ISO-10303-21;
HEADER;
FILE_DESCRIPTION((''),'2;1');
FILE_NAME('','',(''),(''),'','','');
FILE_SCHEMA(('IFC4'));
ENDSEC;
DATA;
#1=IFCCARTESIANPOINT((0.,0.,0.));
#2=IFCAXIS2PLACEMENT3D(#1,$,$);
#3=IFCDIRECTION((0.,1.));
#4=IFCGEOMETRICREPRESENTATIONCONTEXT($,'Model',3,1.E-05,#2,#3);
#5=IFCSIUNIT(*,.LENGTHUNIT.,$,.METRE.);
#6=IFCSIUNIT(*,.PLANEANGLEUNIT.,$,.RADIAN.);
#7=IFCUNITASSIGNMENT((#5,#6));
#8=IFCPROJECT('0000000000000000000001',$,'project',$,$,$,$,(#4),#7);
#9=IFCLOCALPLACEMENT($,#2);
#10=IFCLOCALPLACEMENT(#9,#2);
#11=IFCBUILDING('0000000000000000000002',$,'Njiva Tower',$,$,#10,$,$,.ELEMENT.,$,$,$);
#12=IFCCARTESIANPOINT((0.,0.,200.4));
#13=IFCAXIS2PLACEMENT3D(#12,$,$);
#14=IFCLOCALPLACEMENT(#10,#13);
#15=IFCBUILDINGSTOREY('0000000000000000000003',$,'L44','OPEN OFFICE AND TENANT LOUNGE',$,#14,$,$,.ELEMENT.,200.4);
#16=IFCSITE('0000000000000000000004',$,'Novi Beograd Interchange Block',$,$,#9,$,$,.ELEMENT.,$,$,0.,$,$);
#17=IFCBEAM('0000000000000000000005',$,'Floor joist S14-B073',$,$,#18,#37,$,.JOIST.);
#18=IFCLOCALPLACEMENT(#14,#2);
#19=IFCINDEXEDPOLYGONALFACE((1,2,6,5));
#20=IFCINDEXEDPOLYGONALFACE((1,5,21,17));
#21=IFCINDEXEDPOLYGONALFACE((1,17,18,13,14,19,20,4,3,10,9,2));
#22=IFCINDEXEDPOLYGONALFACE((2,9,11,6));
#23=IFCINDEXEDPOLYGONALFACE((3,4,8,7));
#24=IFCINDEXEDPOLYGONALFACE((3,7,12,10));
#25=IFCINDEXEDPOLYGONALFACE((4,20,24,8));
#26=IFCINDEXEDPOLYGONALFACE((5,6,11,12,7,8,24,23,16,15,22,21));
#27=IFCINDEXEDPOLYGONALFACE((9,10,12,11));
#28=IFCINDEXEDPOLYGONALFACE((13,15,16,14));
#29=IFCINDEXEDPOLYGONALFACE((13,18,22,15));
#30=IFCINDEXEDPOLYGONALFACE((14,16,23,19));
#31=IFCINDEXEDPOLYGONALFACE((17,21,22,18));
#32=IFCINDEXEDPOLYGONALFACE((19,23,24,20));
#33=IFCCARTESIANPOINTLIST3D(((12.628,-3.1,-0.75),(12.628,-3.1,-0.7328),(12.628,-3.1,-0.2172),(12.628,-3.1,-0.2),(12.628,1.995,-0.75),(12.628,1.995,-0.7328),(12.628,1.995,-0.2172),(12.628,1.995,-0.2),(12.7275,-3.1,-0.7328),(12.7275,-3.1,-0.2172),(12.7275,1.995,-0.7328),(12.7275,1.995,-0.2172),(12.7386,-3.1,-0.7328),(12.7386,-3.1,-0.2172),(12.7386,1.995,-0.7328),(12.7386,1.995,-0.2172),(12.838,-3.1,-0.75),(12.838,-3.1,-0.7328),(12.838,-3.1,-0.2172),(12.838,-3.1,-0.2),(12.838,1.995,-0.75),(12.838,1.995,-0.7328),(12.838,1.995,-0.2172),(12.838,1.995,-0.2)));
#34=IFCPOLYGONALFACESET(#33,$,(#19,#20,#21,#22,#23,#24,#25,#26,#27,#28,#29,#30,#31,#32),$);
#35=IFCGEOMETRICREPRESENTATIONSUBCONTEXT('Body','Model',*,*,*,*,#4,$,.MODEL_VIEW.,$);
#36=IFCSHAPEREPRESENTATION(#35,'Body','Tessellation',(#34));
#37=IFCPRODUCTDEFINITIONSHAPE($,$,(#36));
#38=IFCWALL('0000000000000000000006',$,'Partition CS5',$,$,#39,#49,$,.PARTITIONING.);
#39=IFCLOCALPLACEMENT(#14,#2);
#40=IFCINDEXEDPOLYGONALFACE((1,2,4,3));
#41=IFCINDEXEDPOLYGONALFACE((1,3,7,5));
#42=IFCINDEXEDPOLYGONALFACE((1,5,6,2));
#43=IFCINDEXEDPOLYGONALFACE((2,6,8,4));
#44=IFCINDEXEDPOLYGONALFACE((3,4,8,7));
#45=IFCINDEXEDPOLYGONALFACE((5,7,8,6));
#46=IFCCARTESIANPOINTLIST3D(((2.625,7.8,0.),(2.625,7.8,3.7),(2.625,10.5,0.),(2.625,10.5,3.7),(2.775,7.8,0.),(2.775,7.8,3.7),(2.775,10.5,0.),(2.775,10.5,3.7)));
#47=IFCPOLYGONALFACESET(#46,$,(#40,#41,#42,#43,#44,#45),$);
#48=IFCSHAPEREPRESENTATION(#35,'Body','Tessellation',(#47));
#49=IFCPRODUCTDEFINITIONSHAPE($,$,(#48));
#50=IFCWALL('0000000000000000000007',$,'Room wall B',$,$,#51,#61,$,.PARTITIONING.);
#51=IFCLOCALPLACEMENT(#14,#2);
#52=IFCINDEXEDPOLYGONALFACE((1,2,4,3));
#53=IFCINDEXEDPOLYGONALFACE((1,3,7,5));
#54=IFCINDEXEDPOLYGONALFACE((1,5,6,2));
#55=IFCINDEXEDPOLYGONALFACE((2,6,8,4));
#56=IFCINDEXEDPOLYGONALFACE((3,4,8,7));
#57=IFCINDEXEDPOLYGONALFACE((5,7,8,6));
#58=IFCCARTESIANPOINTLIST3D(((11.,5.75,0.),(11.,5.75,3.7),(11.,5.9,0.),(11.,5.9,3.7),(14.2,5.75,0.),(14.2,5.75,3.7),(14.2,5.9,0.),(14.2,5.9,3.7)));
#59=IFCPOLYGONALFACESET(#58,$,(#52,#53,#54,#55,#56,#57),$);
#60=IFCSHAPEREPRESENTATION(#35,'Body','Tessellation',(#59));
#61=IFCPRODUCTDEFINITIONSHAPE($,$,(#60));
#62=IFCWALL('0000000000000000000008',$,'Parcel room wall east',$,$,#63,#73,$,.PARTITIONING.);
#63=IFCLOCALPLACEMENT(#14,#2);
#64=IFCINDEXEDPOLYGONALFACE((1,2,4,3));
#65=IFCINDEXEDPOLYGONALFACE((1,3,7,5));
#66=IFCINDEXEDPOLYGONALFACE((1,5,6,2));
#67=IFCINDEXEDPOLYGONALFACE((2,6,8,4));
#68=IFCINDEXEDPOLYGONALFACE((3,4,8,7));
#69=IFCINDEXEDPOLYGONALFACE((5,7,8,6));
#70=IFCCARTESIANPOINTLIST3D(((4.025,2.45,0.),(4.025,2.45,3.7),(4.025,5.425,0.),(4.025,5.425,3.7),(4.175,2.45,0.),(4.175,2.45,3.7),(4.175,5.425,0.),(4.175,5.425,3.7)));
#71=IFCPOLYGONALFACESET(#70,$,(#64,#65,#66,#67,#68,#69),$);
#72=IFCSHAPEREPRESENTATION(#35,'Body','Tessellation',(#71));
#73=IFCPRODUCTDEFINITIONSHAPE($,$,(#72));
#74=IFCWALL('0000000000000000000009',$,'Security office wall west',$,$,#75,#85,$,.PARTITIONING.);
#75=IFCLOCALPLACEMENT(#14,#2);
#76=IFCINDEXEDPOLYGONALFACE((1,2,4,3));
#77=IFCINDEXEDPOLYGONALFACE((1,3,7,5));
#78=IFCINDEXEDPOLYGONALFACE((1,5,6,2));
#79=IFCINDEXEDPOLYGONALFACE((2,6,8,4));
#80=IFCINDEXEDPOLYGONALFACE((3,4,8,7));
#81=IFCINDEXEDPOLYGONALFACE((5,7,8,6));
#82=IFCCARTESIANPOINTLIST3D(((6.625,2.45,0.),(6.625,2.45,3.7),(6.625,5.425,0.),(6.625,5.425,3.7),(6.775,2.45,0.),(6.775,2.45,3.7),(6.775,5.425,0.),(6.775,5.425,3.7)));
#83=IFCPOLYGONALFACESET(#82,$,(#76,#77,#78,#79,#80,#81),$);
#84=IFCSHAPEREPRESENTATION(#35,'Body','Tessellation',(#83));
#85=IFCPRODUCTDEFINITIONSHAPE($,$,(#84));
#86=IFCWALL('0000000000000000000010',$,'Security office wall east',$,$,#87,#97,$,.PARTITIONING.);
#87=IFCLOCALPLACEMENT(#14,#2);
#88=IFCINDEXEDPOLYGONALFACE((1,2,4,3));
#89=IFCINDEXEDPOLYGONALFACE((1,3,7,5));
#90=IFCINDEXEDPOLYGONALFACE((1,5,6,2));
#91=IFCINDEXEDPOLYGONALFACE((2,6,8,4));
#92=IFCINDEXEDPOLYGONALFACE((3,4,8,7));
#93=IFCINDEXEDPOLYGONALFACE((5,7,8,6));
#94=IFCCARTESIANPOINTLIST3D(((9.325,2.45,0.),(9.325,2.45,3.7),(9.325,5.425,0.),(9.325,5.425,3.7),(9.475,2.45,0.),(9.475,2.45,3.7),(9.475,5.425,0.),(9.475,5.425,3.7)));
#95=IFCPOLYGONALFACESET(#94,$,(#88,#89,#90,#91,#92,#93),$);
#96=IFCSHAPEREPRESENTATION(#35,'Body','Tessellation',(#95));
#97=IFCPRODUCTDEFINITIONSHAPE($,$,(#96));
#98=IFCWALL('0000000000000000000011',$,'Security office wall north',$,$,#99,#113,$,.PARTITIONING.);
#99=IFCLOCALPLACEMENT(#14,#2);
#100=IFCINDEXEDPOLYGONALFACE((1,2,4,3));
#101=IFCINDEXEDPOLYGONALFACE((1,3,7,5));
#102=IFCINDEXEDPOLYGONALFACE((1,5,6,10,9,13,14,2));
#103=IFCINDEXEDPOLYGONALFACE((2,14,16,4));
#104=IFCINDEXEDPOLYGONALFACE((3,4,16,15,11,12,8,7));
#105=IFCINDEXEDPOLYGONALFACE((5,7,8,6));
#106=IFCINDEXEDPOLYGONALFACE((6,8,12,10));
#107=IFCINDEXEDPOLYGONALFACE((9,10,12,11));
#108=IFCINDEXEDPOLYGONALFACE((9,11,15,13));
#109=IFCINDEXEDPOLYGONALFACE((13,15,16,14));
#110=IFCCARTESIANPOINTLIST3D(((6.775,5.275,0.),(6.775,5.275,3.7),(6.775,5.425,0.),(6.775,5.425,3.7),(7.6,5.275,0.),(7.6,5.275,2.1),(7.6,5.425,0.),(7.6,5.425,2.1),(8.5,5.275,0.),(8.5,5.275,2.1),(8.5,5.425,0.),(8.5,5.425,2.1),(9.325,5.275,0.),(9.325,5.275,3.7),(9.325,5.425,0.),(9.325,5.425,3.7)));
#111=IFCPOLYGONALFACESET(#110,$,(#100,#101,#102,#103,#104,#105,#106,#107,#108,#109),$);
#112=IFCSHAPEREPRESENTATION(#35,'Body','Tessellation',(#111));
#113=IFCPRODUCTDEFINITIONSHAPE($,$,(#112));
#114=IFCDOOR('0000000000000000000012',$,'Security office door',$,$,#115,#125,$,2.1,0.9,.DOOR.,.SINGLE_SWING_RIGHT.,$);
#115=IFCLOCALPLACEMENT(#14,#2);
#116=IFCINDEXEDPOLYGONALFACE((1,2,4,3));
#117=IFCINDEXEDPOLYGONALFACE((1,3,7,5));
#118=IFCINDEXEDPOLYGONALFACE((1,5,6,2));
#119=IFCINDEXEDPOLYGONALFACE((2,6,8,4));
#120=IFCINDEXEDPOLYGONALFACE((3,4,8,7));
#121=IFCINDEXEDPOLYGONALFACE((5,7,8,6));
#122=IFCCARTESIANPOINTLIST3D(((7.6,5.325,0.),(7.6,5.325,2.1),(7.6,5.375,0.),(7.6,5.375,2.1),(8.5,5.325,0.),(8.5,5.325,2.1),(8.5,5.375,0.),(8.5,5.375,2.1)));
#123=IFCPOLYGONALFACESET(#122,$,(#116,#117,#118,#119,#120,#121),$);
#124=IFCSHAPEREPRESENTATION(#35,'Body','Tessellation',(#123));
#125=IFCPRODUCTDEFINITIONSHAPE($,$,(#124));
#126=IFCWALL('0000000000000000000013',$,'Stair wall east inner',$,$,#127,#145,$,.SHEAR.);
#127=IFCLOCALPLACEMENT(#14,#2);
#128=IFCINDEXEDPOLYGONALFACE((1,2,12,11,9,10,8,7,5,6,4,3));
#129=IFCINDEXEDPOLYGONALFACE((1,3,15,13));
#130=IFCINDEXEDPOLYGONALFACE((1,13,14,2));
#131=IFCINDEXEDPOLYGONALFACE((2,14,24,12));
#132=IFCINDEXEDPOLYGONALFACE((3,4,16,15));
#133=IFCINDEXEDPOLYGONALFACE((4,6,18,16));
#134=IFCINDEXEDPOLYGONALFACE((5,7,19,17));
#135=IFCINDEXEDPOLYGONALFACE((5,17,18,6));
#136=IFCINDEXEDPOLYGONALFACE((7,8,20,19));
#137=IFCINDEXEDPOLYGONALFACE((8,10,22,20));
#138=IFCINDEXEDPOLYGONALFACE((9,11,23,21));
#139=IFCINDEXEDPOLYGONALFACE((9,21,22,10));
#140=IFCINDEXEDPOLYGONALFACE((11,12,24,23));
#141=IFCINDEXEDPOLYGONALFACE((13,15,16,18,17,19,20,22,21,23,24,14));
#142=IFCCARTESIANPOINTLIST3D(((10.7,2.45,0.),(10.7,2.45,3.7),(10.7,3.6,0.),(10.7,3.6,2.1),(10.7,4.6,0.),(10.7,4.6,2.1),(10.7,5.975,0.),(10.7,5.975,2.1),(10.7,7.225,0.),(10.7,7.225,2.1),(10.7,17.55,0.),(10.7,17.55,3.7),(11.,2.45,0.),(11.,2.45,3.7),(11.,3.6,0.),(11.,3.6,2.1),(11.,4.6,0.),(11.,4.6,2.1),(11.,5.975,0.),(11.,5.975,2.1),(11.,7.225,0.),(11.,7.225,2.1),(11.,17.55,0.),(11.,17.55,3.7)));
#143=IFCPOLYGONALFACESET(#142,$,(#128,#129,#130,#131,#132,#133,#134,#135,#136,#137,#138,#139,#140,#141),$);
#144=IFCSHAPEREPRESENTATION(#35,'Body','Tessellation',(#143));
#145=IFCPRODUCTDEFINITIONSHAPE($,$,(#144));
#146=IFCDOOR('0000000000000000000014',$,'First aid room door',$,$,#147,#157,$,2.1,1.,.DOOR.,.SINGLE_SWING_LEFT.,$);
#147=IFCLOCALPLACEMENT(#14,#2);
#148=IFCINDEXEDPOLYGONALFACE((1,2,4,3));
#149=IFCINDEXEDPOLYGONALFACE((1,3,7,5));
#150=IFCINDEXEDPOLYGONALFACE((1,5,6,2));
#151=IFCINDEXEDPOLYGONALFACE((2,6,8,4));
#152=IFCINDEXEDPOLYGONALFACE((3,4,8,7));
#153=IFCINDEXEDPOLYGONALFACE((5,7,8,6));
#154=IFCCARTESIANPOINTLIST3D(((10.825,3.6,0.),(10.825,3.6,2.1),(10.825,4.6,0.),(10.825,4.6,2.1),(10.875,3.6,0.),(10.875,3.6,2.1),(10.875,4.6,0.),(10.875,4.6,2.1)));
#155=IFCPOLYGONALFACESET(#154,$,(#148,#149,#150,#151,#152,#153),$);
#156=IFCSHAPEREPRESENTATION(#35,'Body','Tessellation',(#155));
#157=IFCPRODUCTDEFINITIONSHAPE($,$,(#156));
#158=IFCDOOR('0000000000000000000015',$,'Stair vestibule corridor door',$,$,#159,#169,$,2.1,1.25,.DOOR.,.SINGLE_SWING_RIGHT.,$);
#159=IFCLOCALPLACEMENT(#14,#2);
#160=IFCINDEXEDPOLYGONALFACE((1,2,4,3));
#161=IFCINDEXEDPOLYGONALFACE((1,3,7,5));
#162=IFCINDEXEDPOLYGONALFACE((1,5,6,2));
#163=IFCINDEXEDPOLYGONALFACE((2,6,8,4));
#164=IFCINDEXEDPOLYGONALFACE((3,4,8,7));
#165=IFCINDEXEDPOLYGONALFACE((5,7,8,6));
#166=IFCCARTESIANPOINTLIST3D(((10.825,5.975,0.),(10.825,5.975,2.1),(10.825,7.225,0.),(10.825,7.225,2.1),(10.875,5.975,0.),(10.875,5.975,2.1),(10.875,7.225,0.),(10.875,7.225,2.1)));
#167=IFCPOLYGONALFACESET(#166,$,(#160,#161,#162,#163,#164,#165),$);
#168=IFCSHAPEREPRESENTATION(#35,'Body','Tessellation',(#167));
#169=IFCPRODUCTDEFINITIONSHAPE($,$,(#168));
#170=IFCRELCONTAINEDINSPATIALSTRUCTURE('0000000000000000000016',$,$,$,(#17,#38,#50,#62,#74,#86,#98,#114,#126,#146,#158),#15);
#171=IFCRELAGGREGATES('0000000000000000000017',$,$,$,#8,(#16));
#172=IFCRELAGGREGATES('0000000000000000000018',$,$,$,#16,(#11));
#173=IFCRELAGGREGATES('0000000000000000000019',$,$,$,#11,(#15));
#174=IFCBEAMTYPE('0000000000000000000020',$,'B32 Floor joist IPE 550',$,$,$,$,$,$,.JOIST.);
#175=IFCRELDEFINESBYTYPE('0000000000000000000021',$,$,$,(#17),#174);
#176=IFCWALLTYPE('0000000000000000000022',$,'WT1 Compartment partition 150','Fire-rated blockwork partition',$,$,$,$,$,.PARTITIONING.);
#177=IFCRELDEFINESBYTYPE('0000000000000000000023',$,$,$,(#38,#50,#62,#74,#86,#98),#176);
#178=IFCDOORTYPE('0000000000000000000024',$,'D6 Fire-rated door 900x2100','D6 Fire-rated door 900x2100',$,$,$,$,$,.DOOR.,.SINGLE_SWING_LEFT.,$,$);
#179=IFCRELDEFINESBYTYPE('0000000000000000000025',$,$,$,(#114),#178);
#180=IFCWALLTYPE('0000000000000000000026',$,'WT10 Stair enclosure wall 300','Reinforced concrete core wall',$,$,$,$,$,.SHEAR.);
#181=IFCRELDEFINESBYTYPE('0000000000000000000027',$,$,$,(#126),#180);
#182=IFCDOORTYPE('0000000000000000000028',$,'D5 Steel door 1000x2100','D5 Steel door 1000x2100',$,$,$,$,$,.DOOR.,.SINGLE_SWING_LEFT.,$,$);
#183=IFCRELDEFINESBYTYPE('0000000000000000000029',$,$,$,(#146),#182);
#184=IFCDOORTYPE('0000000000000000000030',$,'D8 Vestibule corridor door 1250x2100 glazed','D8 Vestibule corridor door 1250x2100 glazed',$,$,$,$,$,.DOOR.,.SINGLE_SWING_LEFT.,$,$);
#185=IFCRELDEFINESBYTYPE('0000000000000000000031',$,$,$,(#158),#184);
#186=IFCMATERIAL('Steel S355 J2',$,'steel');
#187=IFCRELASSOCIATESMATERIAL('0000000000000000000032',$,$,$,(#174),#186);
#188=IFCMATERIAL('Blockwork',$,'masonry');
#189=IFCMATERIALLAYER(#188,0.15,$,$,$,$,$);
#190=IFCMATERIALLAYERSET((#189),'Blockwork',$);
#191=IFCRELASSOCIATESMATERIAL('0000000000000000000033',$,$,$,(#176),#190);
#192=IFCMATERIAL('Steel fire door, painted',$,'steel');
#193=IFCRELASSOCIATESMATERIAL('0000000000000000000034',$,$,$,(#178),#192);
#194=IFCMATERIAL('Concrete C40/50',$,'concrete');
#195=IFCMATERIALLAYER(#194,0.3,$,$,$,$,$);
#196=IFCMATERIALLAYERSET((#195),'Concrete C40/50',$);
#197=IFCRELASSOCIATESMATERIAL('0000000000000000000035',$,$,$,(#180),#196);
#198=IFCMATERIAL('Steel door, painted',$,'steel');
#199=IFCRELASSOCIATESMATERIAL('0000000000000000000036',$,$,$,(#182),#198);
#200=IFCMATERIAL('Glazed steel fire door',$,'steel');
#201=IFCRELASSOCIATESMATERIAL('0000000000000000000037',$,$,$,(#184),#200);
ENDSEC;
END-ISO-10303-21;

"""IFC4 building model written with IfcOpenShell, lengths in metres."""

from ifc_helpers import new_model, si_unit, direction, frame, frame_2d, origin, origin_2d, place, context, subcontext, project, spatial, rectangle, i_section, extrude, material, layer, layer_set, material_profile, profile_set, type_object, element, fill, save


model = new_model("IFC4")

# Units and contexts
model_context = context("Model", 3, precision=1e-05, world=origin(), true_north=direction((0.0, 1.0)))
body_context = subcontext(model_context, "Body", "Model", "MODEL_VIEW")
ifc_project = project(units=[si_unit("LENGTHUNIT", "METRE"), si_unit("PLANEANGLEUNIT", "RADIAN")], contexts=[model_context])

# Site, building, storey
site_placement = place(None, origin())
site = spatial("IfcSite", under=ifc_project, at=site_placement, Name="Novi Beograd Interchange Block", CompositionType="ELEMENT", RefElevation=0.0)
building_placement = place(site_placement, origin())
building = spatial("IfcBuilding", under=site, at=building_placement, Name="Njiva Tower", CompositionType="ELEMENT")
storey_placement = place(building_placement, frame((0.0, 0.0, 200.4)))
storey = spatial("IfcBuildingStorey", under=building, at=storey_placement, Name="L44", Description="OPEN OFFICE AND TENANT LOUNGE", CompositionType="ELEMENT", Elevation=200.4)

# Beam
ifc_material_1 = material(Name="Steel S355 J2", Category="steel")
ifc_material_profile = material_profile(ifc_material_1, i_section(OverallWidth=0.21, OverallDepth=0.55, WebThickness=0.0111, FlangeThickness=0.0172, at=origin_2d()), Name="IPE 550")
ifc_profile_set = profile_set([ifc_material_profile], Name="Steel S355 J2")
beam_type = type_object("IfcBeamType", Name="B32 Floor joist IPE 550", PredefinedType="JOIST", material=ifc_profile_set)
beam_placement = place(storey_placement, frame((12.733, 1.995, -0.475), z_axis=(0.0, -1.0, 0.0), x_axis=(1.0, 0.0, 0.0)))
element("IfcBeam", 1, at=beam_placement, inside=storey, type_object=beam_type, Name="Floor joist S14-B073", PredefinedType="JOIST", context=body_context, shape_type="SweptSolid", body=[
    extrude(i_section(OverallWidth=0.21, OverallDepth=0.55, WebThickness=0.0111, FlangeThickness=0.0172, at=origin_2d()), origin(), (0.0, 0.0, 1.0), 5.095),
])

# Walls
ifc_material_2 = material(Name="Blockwork", Category="masonry")
ifc_layer_1 = layer(ifc_material_2, 0.15)
ifc_layer_set_1 = layer_set([ifc_layer_1], Name="Blockwork")
wall_type_1 = type_object("IfcWallType", Name="WT1 Compartment partition 150", Description="Fire-rated blockwork partition", PredefinedType="PARTITIONING", material=ifc_layer_set_1)
wall_1_placement = place(storey_placement, frame((2.7, 7.8, 0.0), z_axis=(0.0, 0.0, 1.0), x_axis=(0.0, 1.0, 0.0)))
element("IfcWall", 2, at=wall_1_placement, inside=storey, type_object=wall_type_1, Name="Partition CS5", PredefinedType="PARTITIONING", context=body_context, shape_type="SweptSolid", body=[
    extrude(rectangle(XDim=2.7, YDim=0.15, at=frame_2d((1.35, 0.0))), origin(), (0.0, 0.0, 1.0), 3.7),
])
wall_2_placement = place(storey_placement, frame((11.0, 5.825, 0.0), z_axis=(0.0, 0.0, 1.0), x_axis=(1.0, 0.0, 0.0)))
element("IfcWall", 3, at=wall_2_placement, inside=storey, type_object=wall_type_1, Name="Room wall B", PredefinedType="PARTITIONING", context=body_context, shape_type="SweptSolid", body=[
    extrude(rectangle(XDim=3.2, YDim=0.15, at=frame_2d((1.6, 0.0))), origin(), (0.0, 0.0, 1.0), 3.7),
])
for number, where, z_axis, x_axis, name in (
    (4, (4.1, 2.45, 0.0), (0.0, 0.0, 1.0), (0.0, 1.0, 0.0), "Parcel room wall east"),
    (5, (6.7, 2.45, 0.0), (0.0, 0.0, 1.0), (0.0, 1.0, 0.0), "Security office wall west"),
    (6, (9.4, 2.45, 0.0), (0.0, 0.0, 1.0), (0.0, 1.0, 0.0), "Security office wall east"),
):
    element("IfcWall", number, at=place(storey_placement, frame(where, z_axis=z_axis, x_axis=x_axis)), inside=storey, type_object=wall_type_1, Name=name, PredefinedType="PARTITIONING", context=body_context, shape_type="SweptSolid", body=[
        extrude(rectangle(XDim=2.975, YDim=0.15, at=frame_2d((1.4875, 0.0))), origin(), (0.0, 0.0, 1.0), 3.7),
    ])

# Wall, opening, door
wall_3_placement = place(storey_placement, frame((6.775, 5.35, 0.0), z_axis=(0.0, 0.0, 1.0), x_axis=(1.0, 0.0, 0.0)))
wall_3 = element("IfcWall", 7, at=wall_3_placement, inside=storey, type_object=wall_type_1, Name="Security office wall north", PredefinedType="PARTITIONING", context=body_context, shape_type="SweptSolid", body=[
    extrude(rectangle(XDim=2.55, YDim=0.15, at=frame_2d((1.275, 0.0))), origin(), (0.0, 0.0, 1.0), 3.7),
])
opening_1_placement = place(wall_3_placement, frame((0.825, 0.0, 0.0)))
opening_1 = element("IfcOpeningElement", 8, at=opening_1_placement, cuts=wall_3, PredefinedType="OPENING", context=body_context, shape_type="SweptSolid", body=[
    extrude(rectangle(XDim=0.9, YDim=2.1, at=frame_2d((0.45, 1.05))), frame((0.0, 0.085, 0.0), z_axis=(0.0, -1.0, 0.0), x_axis=(1.0, 0.0, 0.0)), (0.0, 0.0, 1.0), 0.17),
])
ifc_material_3 = material(Name="Steel fire door, painted", Category="steel")
door_type_1 = type_object("IfcDoorType", Name="D6 Fire-rated door 900x2100", Description="D6 Fire-rated door 900x2100", OperationType="SINGLE_SWING_LEFT", PredefinedType="DOOR", material=ifc_material_3)
door_1_placement = place(opening_1_placement, origin())
door_1 = element("IfcDoor", 9, at=door_1_placement, inside=storey, type_object=door_type_1, Name="Security office door", OperationType="SINGLE_SWING_RIGHT", OverallHeight=2.1, OverallWidth=0.9, PredefinedType="DOOR", context=body_context, shape_type="SweptSolid", body=[
    extrude(rectangle(XDim=0.9, YDim=2.1, at=frame_2d((0.45, 1.05))), frame((0.0, 0.025, 0.0), z_axis=(0.0, -1.0, 0.0), x_axis=(1.0, 0.0, 0.0)), (0.0, 0.0, 1.0), 0.05),
])
fill(opening_1, door_1)

# Wall, openings, doors
ifc_material_4 = material(Name="Concrete C40/50", Category="concrete")
ifc_layer_2 = layer(ifc_material_4, 0.3)
ifc_layer_set_2 = layer_set([ifc_layer_2], Name="Concrete C40/50")
wall_type_2 = type_object("IfcWallType", Name="WT10 Stair enclosure wall 300", Description="Reinforced concrete core wall", PredefinedType="SHEAR", material=ifc_layer_set_2)
wall_4_placement = place(storey_placement, frame((10.85, 2.45, 0.0), z_axis=(0.0, 0.0, 1.0), x_axis=(0.0, 1.0, 0.0)))
wall_4 = element("IfcWall", 10, at=wall_4_placement, inside=storey, type_object=wall_type_2, Name="Stair wall east inner", PredefinedType="SHEAR", context=body_context, shape_type="SweptSolid", body=[
    extrude(rectangle(XDim=15.1, YDim=0.3, at=frame_2d((7.55, 0.0))), origin(), (0.0, 0.0, 1.0), 3.7),
])
opening_2_placement = place(wall_4_placement, frame((3.525, 0.0, 0.0)))
opening_2 = element("IfcOpeningElement", 11, at=opening_2_placement, cuts=wall_4, PredefinedType="OPENING", context=body_context, shape_type="SweptSolid", body=[
    extrude(rectangle(XDim=1.25, YDim=2.1, at=frame_2d((0.625, 1.05))), frame((0.0, 0.16, 0.0), z_axis=(0.0, -1.0, 0.0), x_axis=(1.0, 0.0, 0.0)), (0.0, 0.0, 1.0), 0.32),
])
opening_3_placement = place(wall_4_placement, frame((1.15, 0.0, 0.0)))
opening_3 = element("IfcOpeningElement", 12, at=opening_3_placement, cuts=wall_4, PredefinedType="OPENING", context=body_context, shape_type="SweptSolid", body=[
    extrude(rectangle(XDim=1.0, YDim=2.1, at=frame_2d((0.5, 1.05))), frame((0.0, 0.16, 0.0), z_axis=(0.0, -1.0, 0.0), x_axis=(1.0, 0.0, 0.0)), (0.0, 0.0, 1.0), 0.32),
])
ifc_material_5 = material(Name="Steel door, painted", Category="steel")
door_type_2 = type_object("IfcDoorType", Name="D5 Steel door 1000x2100", Description="D5 Steel door 1000x2100", OperationType="SINGLE_SWING_LEFT", PredefinedType="DOOR", material=ifc_material_5)
door_2_placement = place(opening_3_placement, origin())
door_2 = element("IfcDoor", 13, at=door_2_placement, inside=storey, type_object=door_type_2, Name="First aid room door", OperationType="SINGLE_SWING_LEFT", OverallHeight=2.1, OverallWidth=1.0, PredefinedType="DOOR", context=body_context, shape_type="SweptSolid", body=[
    extrude(rectangle(XDim=1.0, YDim=2.1, at=frame_2d((0.5, 1.05))), frame((0.0, 0.025, 0.0), z_axis=(0.0, -1.0, 0.0), x_axis=(1.0, 0.0, 0.0)), (0.0, 0.0, 1.0), 0.05),
])
fill(opening_3, door_2)
ifc_material_6 = material(Name="Glazed steel fire door", Category="steel")
door_type_3 = type_object("IfcDoorType", Name="D8 Vestibule corridor door 1250x2100 glazed", Description="D8 Vestibule corridor door 1250x2100 glazed", OperationType="SINGLE_SWING_LEFT", PredefinedType="DOOR", material=ifc_material_6)
door_3_placement = place(opening_2_placement, origin())
door_3 = element("IfcDoor", 14, at=door_3_placement, inside=storey, type_object=door_type_3, Name="Stair vestibule corridor door", OperationType="SINGLE_SWING_RIGHT", OverallHeight=2.1, OverallWidth=1.25, PredefinedType="DOOR", context=body_context, shape_type="SweptSolid", body=[
    extrude(rectangle(XDim=1.25, YDim=2.1, at=frame_2d((0.625, 1.05))), frame((0.0, 0.025, 0.0), z_axis=(0.0, -1.0, 0.0), x_axis=(1.0, 0.0, 0.0)), (0.0, 0.0, 1.0), 0.05),
])
fill(opening_2, door_3)

save(model, "model.ifc")
